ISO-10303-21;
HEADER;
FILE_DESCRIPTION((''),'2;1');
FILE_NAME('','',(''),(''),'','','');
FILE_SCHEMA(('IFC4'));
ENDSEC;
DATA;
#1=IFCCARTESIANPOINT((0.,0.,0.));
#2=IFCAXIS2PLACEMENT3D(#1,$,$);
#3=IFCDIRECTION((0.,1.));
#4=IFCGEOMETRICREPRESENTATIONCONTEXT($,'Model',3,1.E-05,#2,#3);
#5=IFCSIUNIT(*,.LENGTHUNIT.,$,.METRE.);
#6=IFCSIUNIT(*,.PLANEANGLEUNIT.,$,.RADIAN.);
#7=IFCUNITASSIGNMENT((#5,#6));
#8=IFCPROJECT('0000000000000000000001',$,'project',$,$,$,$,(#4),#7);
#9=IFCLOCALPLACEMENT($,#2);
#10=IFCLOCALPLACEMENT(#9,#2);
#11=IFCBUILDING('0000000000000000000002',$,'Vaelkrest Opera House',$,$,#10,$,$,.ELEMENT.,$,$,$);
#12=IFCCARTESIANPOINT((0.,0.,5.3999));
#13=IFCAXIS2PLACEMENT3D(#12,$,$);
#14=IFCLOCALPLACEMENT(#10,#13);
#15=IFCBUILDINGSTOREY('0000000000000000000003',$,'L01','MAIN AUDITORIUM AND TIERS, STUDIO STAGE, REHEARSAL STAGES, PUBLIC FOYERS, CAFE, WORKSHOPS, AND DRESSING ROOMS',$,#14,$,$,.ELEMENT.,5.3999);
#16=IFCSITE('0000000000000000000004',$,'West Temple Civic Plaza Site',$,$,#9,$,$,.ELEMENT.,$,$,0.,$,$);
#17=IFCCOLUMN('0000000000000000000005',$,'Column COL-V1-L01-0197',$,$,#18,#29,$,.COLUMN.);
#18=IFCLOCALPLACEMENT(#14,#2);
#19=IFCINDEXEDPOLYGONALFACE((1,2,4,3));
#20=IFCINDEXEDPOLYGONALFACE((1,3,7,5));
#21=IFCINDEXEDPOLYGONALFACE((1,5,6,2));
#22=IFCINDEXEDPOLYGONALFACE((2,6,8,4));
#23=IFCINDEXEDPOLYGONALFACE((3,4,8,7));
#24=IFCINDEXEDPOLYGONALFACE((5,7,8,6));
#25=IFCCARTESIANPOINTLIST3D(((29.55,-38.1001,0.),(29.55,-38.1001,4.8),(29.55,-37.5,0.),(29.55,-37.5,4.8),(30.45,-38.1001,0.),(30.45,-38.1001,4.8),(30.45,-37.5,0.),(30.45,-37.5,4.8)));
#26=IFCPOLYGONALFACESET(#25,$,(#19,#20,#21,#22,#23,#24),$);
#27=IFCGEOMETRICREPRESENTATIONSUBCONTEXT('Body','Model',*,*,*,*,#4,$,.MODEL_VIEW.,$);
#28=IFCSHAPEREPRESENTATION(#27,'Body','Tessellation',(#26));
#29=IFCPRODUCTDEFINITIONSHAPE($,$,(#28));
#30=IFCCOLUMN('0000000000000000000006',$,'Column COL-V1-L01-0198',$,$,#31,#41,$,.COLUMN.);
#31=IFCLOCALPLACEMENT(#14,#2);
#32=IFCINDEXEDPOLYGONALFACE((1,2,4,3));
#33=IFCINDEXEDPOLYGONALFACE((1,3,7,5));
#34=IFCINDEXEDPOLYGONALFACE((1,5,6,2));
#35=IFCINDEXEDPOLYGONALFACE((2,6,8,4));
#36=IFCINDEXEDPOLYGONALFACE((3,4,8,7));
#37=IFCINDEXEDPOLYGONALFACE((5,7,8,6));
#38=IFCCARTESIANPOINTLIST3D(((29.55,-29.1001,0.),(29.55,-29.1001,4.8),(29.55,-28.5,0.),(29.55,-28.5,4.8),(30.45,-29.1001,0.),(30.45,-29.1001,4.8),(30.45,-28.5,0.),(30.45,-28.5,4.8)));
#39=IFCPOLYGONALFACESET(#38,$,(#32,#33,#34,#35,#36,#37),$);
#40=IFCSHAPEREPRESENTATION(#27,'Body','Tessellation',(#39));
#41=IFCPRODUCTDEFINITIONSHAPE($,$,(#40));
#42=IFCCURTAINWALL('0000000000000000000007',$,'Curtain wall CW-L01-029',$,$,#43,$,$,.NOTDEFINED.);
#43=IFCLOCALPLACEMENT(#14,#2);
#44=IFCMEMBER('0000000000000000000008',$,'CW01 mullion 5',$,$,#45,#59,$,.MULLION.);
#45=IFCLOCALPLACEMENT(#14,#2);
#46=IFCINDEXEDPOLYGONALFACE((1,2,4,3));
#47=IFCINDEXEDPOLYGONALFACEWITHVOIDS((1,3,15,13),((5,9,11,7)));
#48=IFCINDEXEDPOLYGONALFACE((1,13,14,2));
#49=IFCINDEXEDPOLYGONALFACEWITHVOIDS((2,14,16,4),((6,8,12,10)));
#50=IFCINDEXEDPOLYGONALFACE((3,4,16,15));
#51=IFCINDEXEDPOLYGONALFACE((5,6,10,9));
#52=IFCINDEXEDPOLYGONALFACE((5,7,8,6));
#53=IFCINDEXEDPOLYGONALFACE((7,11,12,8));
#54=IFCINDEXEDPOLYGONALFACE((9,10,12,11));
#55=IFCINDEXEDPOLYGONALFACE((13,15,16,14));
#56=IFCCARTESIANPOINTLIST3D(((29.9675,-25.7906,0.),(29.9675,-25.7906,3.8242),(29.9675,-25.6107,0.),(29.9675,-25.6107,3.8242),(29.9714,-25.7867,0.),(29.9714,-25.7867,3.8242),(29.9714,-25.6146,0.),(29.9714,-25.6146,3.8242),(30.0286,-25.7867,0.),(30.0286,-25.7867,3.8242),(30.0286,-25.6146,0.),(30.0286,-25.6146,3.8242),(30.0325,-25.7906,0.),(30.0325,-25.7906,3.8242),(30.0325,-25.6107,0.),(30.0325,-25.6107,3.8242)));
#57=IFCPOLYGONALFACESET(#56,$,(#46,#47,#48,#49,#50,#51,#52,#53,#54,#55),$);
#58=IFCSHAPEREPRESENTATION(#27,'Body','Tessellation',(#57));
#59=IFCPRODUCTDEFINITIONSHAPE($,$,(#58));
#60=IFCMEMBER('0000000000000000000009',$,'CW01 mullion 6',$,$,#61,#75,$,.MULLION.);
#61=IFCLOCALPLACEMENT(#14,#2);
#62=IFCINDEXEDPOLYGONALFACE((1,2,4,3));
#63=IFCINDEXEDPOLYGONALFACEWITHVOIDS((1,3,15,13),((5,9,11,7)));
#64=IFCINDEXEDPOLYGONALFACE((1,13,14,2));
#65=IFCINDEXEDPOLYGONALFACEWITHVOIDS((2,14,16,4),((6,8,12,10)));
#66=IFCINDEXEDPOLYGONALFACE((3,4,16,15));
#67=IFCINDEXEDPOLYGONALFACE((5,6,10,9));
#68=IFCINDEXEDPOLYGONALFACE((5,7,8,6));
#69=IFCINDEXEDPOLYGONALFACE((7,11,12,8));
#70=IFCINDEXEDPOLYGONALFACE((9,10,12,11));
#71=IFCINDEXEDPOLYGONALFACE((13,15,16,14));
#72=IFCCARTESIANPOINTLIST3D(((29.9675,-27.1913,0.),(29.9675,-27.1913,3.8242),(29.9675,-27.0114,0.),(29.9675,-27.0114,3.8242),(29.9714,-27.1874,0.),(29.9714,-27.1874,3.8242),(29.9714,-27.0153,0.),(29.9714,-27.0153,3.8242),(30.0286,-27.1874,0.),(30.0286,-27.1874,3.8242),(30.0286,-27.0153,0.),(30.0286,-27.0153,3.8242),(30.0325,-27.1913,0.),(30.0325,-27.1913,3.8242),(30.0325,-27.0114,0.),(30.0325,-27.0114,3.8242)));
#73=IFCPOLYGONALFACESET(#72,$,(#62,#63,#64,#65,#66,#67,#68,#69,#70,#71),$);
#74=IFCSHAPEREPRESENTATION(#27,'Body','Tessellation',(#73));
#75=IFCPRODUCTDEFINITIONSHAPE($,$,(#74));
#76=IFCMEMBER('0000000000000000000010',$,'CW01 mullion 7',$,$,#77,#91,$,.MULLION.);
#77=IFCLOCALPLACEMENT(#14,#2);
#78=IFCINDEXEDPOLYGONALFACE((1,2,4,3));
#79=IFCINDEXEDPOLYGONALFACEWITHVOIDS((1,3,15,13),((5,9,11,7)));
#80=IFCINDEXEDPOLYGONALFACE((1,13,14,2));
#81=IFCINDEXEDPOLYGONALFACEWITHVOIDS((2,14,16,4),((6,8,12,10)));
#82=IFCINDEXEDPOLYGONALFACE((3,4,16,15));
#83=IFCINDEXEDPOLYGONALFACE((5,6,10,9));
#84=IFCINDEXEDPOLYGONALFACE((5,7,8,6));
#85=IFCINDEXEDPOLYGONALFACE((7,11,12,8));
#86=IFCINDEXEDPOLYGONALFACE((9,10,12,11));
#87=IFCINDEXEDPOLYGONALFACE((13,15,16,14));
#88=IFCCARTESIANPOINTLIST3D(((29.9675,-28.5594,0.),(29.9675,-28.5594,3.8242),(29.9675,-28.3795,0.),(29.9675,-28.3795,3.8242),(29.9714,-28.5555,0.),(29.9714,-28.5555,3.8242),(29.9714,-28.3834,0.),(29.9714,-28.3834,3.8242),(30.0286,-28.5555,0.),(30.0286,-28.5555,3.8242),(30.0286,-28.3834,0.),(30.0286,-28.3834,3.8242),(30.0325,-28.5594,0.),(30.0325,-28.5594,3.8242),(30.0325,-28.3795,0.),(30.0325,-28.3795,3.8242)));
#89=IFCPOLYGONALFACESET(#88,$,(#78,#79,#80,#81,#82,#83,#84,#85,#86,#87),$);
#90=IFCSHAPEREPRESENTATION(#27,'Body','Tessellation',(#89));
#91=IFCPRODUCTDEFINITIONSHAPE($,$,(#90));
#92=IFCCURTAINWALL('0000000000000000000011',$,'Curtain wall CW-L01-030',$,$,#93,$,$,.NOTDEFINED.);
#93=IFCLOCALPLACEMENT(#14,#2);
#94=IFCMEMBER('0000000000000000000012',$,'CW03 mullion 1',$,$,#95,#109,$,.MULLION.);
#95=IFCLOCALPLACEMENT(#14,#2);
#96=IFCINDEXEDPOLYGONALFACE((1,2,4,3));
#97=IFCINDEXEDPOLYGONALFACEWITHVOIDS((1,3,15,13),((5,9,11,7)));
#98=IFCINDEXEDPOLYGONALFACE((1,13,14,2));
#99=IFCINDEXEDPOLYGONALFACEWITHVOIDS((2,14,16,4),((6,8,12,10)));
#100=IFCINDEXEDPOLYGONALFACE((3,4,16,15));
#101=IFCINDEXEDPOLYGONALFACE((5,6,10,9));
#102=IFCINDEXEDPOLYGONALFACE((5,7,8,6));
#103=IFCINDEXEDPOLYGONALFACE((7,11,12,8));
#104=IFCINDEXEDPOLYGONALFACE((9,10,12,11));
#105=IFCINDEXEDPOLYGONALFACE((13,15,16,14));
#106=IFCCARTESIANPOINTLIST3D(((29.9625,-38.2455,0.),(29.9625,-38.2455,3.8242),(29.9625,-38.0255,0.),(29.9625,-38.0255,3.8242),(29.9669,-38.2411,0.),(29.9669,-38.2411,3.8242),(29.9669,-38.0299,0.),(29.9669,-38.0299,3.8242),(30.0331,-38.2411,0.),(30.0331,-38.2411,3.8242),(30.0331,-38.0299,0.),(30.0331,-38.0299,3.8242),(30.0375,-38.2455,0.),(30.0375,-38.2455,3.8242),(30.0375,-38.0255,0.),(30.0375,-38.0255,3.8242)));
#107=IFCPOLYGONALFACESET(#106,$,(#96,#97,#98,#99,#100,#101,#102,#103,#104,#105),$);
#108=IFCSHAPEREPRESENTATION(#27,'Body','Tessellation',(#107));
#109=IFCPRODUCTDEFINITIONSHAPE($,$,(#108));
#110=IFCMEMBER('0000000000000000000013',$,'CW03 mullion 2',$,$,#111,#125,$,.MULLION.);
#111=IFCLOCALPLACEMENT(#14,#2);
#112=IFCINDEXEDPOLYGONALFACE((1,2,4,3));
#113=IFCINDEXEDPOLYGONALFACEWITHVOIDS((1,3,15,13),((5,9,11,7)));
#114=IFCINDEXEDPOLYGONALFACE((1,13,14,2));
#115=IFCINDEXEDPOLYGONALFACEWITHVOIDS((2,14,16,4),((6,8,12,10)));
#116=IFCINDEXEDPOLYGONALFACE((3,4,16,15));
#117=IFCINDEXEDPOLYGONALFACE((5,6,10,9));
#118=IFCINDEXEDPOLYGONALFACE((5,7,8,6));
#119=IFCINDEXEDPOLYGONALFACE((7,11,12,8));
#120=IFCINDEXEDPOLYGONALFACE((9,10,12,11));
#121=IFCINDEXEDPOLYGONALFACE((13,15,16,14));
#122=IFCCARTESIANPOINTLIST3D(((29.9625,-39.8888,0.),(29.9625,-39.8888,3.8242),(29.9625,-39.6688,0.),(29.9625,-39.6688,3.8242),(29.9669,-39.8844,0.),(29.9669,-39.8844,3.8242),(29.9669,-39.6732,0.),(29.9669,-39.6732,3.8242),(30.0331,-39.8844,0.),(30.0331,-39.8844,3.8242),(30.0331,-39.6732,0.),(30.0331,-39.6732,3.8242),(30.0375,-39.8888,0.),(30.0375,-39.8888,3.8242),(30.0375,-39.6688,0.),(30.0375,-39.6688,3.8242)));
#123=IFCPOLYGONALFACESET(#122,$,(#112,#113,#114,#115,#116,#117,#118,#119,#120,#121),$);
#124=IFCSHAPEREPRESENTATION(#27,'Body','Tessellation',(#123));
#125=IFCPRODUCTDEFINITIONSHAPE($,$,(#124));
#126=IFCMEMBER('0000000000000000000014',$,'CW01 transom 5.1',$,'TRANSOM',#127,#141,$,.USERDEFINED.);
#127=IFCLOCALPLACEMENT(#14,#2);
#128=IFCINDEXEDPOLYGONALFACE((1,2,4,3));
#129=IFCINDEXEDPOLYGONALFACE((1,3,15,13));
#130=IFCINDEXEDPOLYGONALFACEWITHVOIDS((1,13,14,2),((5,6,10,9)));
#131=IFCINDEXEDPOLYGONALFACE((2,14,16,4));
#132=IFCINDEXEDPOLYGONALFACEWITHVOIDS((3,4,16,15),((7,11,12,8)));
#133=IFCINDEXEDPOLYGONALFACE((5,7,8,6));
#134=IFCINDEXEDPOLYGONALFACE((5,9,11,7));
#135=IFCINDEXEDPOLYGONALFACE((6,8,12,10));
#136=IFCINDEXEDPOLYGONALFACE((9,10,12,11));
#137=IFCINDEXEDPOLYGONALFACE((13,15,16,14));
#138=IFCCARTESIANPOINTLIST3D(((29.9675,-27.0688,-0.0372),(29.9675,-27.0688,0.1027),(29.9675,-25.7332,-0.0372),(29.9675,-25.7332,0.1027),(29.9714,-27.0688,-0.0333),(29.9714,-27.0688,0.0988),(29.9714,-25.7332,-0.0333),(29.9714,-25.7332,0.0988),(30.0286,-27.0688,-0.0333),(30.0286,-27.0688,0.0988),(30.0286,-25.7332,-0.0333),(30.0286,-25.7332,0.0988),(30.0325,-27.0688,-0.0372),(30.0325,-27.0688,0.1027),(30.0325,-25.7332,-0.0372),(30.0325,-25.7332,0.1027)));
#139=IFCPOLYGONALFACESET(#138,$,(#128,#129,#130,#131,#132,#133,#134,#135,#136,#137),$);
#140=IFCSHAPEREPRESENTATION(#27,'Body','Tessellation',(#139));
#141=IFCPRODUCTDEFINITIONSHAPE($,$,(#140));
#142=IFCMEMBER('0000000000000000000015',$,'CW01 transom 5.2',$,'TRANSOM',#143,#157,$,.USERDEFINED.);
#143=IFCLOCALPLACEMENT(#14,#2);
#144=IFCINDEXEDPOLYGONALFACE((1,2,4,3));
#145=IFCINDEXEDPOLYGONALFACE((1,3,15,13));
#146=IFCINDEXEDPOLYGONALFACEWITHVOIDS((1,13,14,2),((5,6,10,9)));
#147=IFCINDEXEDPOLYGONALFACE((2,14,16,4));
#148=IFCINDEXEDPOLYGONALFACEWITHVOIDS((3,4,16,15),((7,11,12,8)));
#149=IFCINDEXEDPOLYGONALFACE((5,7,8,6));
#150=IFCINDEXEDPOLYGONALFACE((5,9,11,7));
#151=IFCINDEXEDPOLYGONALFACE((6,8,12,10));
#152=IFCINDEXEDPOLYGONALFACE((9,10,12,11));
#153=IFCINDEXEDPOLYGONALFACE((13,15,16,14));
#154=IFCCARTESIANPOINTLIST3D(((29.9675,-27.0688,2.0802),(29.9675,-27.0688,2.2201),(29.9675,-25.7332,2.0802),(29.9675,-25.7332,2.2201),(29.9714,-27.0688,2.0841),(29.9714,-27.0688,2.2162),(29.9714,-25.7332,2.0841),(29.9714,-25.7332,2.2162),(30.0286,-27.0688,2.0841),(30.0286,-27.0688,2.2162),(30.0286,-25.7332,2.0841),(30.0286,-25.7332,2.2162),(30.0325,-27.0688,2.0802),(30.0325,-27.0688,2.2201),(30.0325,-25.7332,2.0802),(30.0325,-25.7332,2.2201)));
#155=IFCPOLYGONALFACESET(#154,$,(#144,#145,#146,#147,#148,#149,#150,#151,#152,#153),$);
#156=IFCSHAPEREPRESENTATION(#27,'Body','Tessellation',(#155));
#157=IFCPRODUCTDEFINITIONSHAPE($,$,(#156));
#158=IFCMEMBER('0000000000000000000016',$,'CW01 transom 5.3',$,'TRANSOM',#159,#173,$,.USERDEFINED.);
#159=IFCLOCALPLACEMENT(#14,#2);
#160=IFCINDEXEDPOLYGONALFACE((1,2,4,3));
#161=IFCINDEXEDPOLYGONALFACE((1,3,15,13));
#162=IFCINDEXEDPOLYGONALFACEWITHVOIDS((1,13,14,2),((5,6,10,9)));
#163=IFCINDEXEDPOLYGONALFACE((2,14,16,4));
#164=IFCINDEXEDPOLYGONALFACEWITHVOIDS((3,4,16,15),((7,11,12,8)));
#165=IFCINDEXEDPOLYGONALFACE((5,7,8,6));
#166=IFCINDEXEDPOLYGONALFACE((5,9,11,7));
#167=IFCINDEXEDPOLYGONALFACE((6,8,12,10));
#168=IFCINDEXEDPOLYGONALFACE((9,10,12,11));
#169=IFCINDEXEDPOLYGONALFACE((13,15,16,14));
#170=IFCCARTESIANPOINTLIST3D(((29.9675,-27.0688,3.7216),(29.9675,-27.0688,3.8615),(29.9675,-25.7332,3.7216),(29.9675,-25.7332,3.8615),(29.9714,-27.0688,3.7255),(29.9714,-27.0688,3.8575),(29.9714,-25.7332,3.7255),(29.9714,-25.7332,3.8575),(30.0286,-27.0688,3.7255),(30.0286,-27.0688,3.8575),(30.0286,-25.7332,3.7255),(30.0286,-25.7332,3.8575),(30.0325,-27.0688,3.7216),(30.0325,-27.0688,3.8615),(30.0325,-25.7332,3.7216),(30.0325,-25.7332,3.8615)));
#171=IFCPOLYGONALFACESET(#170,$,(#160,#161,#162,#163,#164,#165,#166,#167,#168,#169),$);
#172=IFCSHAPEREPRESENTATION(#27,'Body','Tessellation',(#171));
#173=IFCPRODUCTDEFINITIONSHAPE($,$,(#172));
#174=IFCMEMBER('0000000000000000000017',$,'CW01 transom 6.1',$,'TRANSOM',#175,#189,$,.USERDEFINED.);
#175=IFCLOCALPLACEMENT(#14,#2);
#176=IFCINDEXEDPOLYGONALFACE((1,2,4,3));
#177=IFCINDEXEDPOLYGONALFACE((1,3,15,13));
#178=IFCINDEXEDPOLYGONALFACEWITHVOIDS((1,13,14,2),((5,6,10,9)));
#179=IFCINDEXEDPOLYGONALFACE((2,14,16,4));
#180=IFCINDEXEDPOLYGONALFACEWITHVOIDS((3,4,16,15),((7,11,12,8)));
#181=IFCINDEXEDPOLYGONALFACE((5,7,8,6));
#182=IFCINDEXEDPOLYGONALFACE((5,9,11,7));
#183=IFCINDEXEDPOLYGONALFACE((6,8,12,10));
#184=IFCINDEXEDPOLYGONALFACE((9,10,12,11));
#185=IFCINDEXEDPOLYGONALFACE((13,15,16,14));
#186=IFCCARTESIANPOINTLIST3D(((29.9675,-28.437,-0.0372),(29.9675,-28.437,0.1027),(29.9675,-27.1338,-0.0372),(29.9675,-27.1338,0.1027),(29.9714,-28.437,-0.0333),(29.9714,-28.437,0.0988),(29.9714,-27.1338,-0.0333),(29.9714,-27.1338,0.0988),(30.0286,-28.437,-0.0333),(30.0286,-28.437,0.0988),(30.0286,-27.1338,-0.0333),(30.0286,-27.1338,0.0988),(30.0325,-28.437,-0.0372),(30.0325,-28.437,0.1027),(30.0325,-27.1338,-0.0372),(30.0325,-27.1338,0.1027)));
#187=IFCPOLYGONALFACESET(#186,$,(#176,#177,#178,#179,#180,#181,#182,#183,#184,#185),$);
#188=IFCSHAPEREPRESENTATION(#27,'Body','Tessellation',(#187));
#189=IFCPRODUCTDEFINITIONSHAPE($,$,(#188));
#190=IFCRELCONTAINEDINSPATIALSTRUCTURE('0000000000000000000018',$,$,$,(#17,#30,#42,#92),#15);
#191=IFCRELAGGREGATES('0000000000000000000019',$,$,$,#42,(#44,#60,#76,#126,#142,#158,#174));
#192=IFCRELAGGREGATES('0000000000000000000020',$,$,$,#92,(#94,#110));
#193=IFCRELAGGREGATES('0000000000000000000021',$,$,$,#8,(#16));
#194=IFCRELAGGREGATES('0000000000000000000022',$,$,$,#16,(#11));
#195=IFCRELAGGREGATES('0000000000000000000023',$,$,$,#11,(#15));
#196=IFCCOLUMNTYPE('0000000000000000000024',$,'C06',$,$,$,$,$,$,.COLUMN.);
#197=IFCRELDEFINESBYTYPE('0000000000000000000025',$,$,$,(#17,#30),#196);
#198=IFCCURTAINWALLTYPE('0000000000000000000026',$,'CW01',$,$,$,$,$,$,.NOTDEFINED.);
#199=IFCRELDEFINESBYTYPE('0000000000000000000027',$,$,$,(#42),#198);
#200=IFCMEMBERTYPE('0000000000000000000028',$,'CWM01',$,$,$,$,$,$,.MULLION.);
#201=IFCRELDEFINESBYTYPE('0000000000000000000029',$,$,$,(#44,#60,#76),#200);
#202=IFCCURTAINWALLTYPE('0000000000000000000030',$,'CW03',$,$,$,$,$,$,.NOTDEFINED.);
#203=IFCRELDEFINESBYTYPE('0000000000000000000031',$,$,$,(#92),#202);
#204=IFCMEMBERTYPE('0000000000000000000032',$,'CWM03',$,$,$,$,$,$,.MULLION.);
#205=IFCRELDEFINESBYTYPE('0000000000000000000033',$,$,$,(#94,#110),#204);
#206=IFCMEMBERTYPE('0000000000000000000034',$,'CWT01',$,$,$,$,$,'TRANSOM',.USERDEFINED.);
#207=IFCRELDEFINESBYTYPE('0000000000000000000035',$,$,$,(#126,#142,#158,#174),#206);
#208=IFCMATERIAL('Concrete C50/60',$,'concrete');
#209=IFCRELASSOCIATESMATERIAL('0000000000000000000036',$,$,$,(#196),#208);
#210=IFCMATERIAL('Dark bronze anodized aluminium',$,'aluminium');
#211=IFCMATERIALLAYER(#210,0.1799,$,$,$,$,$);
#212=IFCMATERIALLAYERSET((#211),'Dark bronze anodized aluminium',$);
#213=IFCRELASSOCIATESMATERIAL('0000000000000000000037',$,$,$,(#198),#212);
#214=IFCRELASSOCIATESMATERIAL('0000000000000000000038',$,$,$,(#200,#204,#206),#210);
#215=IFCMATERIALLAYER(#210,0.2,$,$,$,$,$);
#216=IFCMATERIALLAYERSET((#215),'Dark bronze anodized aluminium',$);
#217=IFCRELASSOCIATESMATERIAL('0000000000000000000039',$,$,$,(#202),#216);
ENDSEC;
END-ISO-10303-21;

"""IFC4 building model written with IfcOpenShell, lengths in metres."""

from ifc_helpers import new_model, si_unit, direction, frame, origin, origin_2d, place, context, subcontext, project, spatial, rectangle, hollow_rectangle, extrude, material, layer, layer_set, material_profile, profile_set, type_object, element, aggregate, save


model = new_model("IFC4")

# Units and contexts
model_context = context("Model", 3, precision=1e-05, world=origin(), true_north=direction((0.0, 1.0)))
body_context = subcontext(model_context, "Body", "Model", "MODEL_VIEW")
ifc_project = project(units=[si_unit("LENGTHUNIT", "METRE"), si_unit("PLANEANGLEUNIT", "RADIAN")], contexts=[model_context])

# Site, building, storey
site_placement = place(None, origin())
site = spatial("IfcSite", under=ifc_project, at=site_placement, Name="West Temple Civic Plaza Site", CompositionType="ELEMENT", RefElevation=0.0)
building_placement = place(site_placement, origin())
building = spatial("IfcBuilding", under=site, at=building_placement, Name="Vaelkrest Opera House", CompositionType="ELEMENT")
storey_placement = place(building_placement, frame((0.0, 0.0, 5.3999)))
storey = spatial("IfcBuildingStorey", under=building, at=storey_placement, Name="L01", Description="MAIN AUDITORIUM AND TIERS, STUDIO STAGE, REHEARSAL STAGES, PUBLIC FOYERS, CAFE, WORKSHOPS, AND DRESSING ROOMS", CompositionType="ELEMENT", Elevation=5.3999)

# Columns
ifc_material_1 = material(Name="Concrete C50/60", Category="concrete")
ifc_material_profile_1 = material_profile(ifc_material_1, rectangle(XDim=0.6001, YDim=0.8999, at=origin_2d()), Name="RC600X900")
ifc_profile_set_1 = profile_set([ifc_material_profile_1], Name="Concrete C50/60")
column_type = type_object("IfcColumnType", Name="C06", PredefinedType="COLUMN", material=ifc_profile_set_1)
for number, where, z_axis, x_axis, name in (
    (1, (30.0, -37.8, 0.0), (0.0, 0.0, 1.0), (0.0, 1.0, 0.0), "Column COL-V1-L01-0197"),
    (2, (30.0, -28.8, 0.0), (0.0, 0.0, 1.0), (0.0, 1.0, 0.0), "Column COL-V1-L01-0198"),
):
    element("IfcColumn", number, at=place(storey_placement, frame(where, z_axis=z_axis, x_axis=x_axis)), inside=storey, type_object=column_type, Name=name, PredefinedType="COLUMN", context=body_context, shape_type="SweptSolid", body=[
        extrude(rectangle(XDim=0.6001, YDim=0.8999, at=origin_2d()), origin(), (0.0, 0.0, 1.0), 4.8),
    ])

# Curtain walls, members
ifc_material_2 = material(Name="Dark bronze anodized aluminium", Category="aluminium")
ifc_layer_1 = layer(ifc_material_2, 0.1799)
ifc_layer_set_1 = layer_set([ifc_layer_1], Name="Dark bronze anodized aluminium")
curtain_wall_type_1 = type_object("IfcCurtainWallType", Name="CW01", PredefinedType="NOTDEFINED", material=ifc_layer_set_1)
curtain_wall_1_placement = place(storey_placement, origin())
curtain_wall_1 = element("IfcCurtainWall", 3, at=curtain_wall_1_placement, inside=storey, type_object=curtain_wall_type_1, Name="Curtain wall CW-L01-029", PredefinedType="NOTDEFINED")
ifc_material_profile_2 = material_profile(ifc_material_2, hollow_rectangle(XDim=0.0649, YDim=0.1799, WallThickness=0.0039, at=origin_2d()), Name="CWM65X180")
ifc_profile_set_2 = profile_set([ifc_material_profile_2], Name="Dark bronze anodized aluminium")
member_type_1 = type_object("IfcMemberType", Name="CWM01", PredefinedType="MULLION", material=ifc_profile_set_2)
member_1_placement = place(storey_placement, frame((30.0, -25.7007, 0.0), z_axis=(0.0, 0.0, 1.0), x_axis=(1.0, 0.0, 0.0)))
member_1 = element("IfcMember", 4, at=member_1_placement, type_object=member_type_1, Name="CW01 mullion 5", PredefinedType="MULLION", context=body_context, shape_type="SweptSolid", body=[
    extrude(hollow_rectangle(XDim=0.0649, YDim=0.1799, WallThickness=0.0039, at=origin_2d()), origin(), (0.0, 0.0, 1.0), 3.8242),
])
member_2_placement = place(storey_placement, frame((30.0, -27.1013, 0.0), z_axis=(0.0, 0.0, 1.0), x_axis=(1.0, 0.0, 0.0)))
member_2 = element("IfcMember", 5, at=member_2_placement, type_object=member_type_1, Name="CW01 mullion 6", PredefinedType="MULLION", context=body_context, shape_type="SweptSolid", body=[
    extrude(hollow_rectangle(XDim=0.0649, YDim=0.1799, WallThickness=0.0039, at=origin_2d()), origin(), (0.0, 0.0, 1.0), 3.8242),
])
member_3_placement = place(storey_placement, frame((30.0, -28.4695, 0.0), z_axis=(0.0, 0.0, 1.0), x_axis=(1.0, 0.0, 0.0)))
member_3 = element("IfcMember", 6, at=member_3_placement, type_object=member_type_1, Name="CW01 mullion 7", PredefinedType="MULLION", context=body_context, shape_type="SweptSolid", body=[
    extrude(hollow_rectangle(XDim=0.0649, YDim=0.1799, WallThickness=0.0039, at=origin_2d()), origin(), (0.0, 0.0, 1.0), 3.8242),
])
ifc_layer_2 = layer(ifc_material_2, 0.2)
ifc_layer_set_2 = layer_set([ifc_layer_2], Name="Dark bronze anodized aluminium")
curtain_wall_type_2 = type_object("IfcCurtainWallType", Name="CW03", PredefinedType="NOTDEFINED", material=ifc_layer_set_2)
curtain_wall_2_placement = place(storey_placement, origin())
curtain_wall_2 = element("IfcCurtainWall", 7, at=curtain_wall_2_placement, inside=storey, type_object=curtain_wall_type_2, Name="Curtain wall CW-L01-030", PredefinedType="NOTDEFINED")
ifc_material_profile_3 = material_profile(ifc_material_2, hollow_rectangle(XDim=0.075, YDim=0.22, WallThickness=0.0044, at=origin_2d()), Name="CWM75X220")
ifc_profile_set_3 = profile_set([ifc_material_profile_3], Name="Dark bronze anodized aluminium")
member_type_2 = type_object("IfcMemberType", Name="CWM03", PredefinedType="MULLION", material=ifc_profile_set_3)
member_4_placement = place(storey_placement, frame((30.0, -38.1355, 0.0), z_axis=(0.0, 0.0, 1.0), x_axis=(1.0, 0.0, 0.0)))
member_4 = element("IfcMember", 8, at=member_4_placement, type_object=member_type_2, Name="CW03 mullion 1", PredefinedType="MULLION", context=body_context, shape_type="SweptSolid", body=[
    extrude(hollow_rectangle(XDim=0.075, YDim=0.22, WallThickness=0.0044, at=origin_2d()), origin(), (0.0, 0.0, 1.0), 3.8242),
])
member_5_placement = place(storey_placement, frame((30.0, -39.7788, 0.0), z_axis=(0.0, 0.0, 1.0), x_axis=(1.0, 0.0, 0.0)))
member_5 = element("IfcMember", 9, at=member_5_placement, type_object=member_type_2, Name="CW03 mullion 2", PredefinedType="MULLION", context=body_context, shape_type="SweptSolid", body=[
    extrude(hollow_rectangle(XDim=0.075, YDim=0.22, WallThickness=0.0044, at=origin_2d()), origin(), (0.0, 0.0, 1.0), 3.8242),
])

# Members
ifc_material_profile_4 = material_profile(ifc_material_2, hollow_rectangle(XDim=0.0649, YDim=0.1399, WallThickness=0.0039, at=origin_2d()), Name="CWT65X140")
ifc_profile_set_4 = profile_set([ifc_material_profile_4], Name="Dark bronze anodized aluminium")
member_type_3 = type_object("IfcMemberType", Name="CWT01", ElementType="TRANSOM", PredefinedType="USERDEFINED", material=ifc_profile_set_4)
member_6_placement = place(storey_placement, frame((30.0, -25.7332, 0.0327), z_axis=(0.0, -1.0, 0.0), x_axis=(1.0, 0.0, 0.0)))
member_6 = element("IfcMember", 10, at=member_6_placement, type_object=member_type_3, Name="CW01 transom 5.1", ObjectType="TRANSOM", PredefinedType="USERDEFINED", context=body_context, shape_type="SweptSolid", body=[
    extrude(hollow_rectangle(XDim=0.0649, YDim=0.1399, WallThickness=0.0039, at=origin_2d()), origin(), (0.0, 0.0, 1.0), 1.3357),
])
member_7_placement = place(storey_placement, frame((30.0, -25.7332, 2.1501), z_axis=(0.0, -1.0, 0.0), x_axis=(1.0, 0.0, 0.0)))
member_7 = element("IfcMember", 11, at=member_7_placement, type_object=member_type_3, Name="CW01 transom 5.2", ObjectType="TRANSOM", PredefinedType="USERDEFINED", context=body_context, shape_type="SweptSolid", body=[
    extrude(hollow_rectangle(XDim=0.0649, YDim=0.1399, WallThickness=0.0039, at=origin_2d()), origin(), (0.0, 0.0, 1.0), 1.3357),
])
member_8_placement = place(storey_placement, frame((30.0, -25.7332, 3.7915), z_axis=(0.0, -1.0, 0.0), x_axis=(1.0, 0.0, 0.0)))
member_8 = element("IfcMember", 12, at=member_8_placement, type_object=member_type_3, Name="CW01 transom 5.3", ObjectType="TRANSOM", PredefinedType="USERDEFINED", context=body_context, shape_type="SweptSolid", body=[
    extrude(hollow_rectangle(XDim=0.0649, YDim=0.1399, WallThickness=0.0039, at=origin_2d()), origin(), (0.0, 0.0, 1.0), 1.3357),
])
member_9_placement = place(storey_placement, frame((30.0, -27.1338, 0.0327), z_axis=(0.0, -1.0, 0.0), x_axis=(1.0, 0.0, 0.0)))
member_9 = element("IfcMember", 13, at=member_9_placement, type_object=member_type_3, Name="CW01 transom 6.1", ObjectType="TRANSOM", PredefinedType="USERDEFINED", context=body_context, shape_type="SweptSolid", body=[
    extrude(hollow_rectangle(XDim=0.0649, YDim=0.1399, WallThickness=0.0039, at=origin_2d()), origin(), (0.0, 0.0, 1.0), 1.3032),
])

aggregate(curtain_wall_1, [member_1, member_2, member_3, member_6, member_7, member_8, member_9])
aggregate(curtain_wall_2, [member_4, member_5])

save(model, "model.ifc")
